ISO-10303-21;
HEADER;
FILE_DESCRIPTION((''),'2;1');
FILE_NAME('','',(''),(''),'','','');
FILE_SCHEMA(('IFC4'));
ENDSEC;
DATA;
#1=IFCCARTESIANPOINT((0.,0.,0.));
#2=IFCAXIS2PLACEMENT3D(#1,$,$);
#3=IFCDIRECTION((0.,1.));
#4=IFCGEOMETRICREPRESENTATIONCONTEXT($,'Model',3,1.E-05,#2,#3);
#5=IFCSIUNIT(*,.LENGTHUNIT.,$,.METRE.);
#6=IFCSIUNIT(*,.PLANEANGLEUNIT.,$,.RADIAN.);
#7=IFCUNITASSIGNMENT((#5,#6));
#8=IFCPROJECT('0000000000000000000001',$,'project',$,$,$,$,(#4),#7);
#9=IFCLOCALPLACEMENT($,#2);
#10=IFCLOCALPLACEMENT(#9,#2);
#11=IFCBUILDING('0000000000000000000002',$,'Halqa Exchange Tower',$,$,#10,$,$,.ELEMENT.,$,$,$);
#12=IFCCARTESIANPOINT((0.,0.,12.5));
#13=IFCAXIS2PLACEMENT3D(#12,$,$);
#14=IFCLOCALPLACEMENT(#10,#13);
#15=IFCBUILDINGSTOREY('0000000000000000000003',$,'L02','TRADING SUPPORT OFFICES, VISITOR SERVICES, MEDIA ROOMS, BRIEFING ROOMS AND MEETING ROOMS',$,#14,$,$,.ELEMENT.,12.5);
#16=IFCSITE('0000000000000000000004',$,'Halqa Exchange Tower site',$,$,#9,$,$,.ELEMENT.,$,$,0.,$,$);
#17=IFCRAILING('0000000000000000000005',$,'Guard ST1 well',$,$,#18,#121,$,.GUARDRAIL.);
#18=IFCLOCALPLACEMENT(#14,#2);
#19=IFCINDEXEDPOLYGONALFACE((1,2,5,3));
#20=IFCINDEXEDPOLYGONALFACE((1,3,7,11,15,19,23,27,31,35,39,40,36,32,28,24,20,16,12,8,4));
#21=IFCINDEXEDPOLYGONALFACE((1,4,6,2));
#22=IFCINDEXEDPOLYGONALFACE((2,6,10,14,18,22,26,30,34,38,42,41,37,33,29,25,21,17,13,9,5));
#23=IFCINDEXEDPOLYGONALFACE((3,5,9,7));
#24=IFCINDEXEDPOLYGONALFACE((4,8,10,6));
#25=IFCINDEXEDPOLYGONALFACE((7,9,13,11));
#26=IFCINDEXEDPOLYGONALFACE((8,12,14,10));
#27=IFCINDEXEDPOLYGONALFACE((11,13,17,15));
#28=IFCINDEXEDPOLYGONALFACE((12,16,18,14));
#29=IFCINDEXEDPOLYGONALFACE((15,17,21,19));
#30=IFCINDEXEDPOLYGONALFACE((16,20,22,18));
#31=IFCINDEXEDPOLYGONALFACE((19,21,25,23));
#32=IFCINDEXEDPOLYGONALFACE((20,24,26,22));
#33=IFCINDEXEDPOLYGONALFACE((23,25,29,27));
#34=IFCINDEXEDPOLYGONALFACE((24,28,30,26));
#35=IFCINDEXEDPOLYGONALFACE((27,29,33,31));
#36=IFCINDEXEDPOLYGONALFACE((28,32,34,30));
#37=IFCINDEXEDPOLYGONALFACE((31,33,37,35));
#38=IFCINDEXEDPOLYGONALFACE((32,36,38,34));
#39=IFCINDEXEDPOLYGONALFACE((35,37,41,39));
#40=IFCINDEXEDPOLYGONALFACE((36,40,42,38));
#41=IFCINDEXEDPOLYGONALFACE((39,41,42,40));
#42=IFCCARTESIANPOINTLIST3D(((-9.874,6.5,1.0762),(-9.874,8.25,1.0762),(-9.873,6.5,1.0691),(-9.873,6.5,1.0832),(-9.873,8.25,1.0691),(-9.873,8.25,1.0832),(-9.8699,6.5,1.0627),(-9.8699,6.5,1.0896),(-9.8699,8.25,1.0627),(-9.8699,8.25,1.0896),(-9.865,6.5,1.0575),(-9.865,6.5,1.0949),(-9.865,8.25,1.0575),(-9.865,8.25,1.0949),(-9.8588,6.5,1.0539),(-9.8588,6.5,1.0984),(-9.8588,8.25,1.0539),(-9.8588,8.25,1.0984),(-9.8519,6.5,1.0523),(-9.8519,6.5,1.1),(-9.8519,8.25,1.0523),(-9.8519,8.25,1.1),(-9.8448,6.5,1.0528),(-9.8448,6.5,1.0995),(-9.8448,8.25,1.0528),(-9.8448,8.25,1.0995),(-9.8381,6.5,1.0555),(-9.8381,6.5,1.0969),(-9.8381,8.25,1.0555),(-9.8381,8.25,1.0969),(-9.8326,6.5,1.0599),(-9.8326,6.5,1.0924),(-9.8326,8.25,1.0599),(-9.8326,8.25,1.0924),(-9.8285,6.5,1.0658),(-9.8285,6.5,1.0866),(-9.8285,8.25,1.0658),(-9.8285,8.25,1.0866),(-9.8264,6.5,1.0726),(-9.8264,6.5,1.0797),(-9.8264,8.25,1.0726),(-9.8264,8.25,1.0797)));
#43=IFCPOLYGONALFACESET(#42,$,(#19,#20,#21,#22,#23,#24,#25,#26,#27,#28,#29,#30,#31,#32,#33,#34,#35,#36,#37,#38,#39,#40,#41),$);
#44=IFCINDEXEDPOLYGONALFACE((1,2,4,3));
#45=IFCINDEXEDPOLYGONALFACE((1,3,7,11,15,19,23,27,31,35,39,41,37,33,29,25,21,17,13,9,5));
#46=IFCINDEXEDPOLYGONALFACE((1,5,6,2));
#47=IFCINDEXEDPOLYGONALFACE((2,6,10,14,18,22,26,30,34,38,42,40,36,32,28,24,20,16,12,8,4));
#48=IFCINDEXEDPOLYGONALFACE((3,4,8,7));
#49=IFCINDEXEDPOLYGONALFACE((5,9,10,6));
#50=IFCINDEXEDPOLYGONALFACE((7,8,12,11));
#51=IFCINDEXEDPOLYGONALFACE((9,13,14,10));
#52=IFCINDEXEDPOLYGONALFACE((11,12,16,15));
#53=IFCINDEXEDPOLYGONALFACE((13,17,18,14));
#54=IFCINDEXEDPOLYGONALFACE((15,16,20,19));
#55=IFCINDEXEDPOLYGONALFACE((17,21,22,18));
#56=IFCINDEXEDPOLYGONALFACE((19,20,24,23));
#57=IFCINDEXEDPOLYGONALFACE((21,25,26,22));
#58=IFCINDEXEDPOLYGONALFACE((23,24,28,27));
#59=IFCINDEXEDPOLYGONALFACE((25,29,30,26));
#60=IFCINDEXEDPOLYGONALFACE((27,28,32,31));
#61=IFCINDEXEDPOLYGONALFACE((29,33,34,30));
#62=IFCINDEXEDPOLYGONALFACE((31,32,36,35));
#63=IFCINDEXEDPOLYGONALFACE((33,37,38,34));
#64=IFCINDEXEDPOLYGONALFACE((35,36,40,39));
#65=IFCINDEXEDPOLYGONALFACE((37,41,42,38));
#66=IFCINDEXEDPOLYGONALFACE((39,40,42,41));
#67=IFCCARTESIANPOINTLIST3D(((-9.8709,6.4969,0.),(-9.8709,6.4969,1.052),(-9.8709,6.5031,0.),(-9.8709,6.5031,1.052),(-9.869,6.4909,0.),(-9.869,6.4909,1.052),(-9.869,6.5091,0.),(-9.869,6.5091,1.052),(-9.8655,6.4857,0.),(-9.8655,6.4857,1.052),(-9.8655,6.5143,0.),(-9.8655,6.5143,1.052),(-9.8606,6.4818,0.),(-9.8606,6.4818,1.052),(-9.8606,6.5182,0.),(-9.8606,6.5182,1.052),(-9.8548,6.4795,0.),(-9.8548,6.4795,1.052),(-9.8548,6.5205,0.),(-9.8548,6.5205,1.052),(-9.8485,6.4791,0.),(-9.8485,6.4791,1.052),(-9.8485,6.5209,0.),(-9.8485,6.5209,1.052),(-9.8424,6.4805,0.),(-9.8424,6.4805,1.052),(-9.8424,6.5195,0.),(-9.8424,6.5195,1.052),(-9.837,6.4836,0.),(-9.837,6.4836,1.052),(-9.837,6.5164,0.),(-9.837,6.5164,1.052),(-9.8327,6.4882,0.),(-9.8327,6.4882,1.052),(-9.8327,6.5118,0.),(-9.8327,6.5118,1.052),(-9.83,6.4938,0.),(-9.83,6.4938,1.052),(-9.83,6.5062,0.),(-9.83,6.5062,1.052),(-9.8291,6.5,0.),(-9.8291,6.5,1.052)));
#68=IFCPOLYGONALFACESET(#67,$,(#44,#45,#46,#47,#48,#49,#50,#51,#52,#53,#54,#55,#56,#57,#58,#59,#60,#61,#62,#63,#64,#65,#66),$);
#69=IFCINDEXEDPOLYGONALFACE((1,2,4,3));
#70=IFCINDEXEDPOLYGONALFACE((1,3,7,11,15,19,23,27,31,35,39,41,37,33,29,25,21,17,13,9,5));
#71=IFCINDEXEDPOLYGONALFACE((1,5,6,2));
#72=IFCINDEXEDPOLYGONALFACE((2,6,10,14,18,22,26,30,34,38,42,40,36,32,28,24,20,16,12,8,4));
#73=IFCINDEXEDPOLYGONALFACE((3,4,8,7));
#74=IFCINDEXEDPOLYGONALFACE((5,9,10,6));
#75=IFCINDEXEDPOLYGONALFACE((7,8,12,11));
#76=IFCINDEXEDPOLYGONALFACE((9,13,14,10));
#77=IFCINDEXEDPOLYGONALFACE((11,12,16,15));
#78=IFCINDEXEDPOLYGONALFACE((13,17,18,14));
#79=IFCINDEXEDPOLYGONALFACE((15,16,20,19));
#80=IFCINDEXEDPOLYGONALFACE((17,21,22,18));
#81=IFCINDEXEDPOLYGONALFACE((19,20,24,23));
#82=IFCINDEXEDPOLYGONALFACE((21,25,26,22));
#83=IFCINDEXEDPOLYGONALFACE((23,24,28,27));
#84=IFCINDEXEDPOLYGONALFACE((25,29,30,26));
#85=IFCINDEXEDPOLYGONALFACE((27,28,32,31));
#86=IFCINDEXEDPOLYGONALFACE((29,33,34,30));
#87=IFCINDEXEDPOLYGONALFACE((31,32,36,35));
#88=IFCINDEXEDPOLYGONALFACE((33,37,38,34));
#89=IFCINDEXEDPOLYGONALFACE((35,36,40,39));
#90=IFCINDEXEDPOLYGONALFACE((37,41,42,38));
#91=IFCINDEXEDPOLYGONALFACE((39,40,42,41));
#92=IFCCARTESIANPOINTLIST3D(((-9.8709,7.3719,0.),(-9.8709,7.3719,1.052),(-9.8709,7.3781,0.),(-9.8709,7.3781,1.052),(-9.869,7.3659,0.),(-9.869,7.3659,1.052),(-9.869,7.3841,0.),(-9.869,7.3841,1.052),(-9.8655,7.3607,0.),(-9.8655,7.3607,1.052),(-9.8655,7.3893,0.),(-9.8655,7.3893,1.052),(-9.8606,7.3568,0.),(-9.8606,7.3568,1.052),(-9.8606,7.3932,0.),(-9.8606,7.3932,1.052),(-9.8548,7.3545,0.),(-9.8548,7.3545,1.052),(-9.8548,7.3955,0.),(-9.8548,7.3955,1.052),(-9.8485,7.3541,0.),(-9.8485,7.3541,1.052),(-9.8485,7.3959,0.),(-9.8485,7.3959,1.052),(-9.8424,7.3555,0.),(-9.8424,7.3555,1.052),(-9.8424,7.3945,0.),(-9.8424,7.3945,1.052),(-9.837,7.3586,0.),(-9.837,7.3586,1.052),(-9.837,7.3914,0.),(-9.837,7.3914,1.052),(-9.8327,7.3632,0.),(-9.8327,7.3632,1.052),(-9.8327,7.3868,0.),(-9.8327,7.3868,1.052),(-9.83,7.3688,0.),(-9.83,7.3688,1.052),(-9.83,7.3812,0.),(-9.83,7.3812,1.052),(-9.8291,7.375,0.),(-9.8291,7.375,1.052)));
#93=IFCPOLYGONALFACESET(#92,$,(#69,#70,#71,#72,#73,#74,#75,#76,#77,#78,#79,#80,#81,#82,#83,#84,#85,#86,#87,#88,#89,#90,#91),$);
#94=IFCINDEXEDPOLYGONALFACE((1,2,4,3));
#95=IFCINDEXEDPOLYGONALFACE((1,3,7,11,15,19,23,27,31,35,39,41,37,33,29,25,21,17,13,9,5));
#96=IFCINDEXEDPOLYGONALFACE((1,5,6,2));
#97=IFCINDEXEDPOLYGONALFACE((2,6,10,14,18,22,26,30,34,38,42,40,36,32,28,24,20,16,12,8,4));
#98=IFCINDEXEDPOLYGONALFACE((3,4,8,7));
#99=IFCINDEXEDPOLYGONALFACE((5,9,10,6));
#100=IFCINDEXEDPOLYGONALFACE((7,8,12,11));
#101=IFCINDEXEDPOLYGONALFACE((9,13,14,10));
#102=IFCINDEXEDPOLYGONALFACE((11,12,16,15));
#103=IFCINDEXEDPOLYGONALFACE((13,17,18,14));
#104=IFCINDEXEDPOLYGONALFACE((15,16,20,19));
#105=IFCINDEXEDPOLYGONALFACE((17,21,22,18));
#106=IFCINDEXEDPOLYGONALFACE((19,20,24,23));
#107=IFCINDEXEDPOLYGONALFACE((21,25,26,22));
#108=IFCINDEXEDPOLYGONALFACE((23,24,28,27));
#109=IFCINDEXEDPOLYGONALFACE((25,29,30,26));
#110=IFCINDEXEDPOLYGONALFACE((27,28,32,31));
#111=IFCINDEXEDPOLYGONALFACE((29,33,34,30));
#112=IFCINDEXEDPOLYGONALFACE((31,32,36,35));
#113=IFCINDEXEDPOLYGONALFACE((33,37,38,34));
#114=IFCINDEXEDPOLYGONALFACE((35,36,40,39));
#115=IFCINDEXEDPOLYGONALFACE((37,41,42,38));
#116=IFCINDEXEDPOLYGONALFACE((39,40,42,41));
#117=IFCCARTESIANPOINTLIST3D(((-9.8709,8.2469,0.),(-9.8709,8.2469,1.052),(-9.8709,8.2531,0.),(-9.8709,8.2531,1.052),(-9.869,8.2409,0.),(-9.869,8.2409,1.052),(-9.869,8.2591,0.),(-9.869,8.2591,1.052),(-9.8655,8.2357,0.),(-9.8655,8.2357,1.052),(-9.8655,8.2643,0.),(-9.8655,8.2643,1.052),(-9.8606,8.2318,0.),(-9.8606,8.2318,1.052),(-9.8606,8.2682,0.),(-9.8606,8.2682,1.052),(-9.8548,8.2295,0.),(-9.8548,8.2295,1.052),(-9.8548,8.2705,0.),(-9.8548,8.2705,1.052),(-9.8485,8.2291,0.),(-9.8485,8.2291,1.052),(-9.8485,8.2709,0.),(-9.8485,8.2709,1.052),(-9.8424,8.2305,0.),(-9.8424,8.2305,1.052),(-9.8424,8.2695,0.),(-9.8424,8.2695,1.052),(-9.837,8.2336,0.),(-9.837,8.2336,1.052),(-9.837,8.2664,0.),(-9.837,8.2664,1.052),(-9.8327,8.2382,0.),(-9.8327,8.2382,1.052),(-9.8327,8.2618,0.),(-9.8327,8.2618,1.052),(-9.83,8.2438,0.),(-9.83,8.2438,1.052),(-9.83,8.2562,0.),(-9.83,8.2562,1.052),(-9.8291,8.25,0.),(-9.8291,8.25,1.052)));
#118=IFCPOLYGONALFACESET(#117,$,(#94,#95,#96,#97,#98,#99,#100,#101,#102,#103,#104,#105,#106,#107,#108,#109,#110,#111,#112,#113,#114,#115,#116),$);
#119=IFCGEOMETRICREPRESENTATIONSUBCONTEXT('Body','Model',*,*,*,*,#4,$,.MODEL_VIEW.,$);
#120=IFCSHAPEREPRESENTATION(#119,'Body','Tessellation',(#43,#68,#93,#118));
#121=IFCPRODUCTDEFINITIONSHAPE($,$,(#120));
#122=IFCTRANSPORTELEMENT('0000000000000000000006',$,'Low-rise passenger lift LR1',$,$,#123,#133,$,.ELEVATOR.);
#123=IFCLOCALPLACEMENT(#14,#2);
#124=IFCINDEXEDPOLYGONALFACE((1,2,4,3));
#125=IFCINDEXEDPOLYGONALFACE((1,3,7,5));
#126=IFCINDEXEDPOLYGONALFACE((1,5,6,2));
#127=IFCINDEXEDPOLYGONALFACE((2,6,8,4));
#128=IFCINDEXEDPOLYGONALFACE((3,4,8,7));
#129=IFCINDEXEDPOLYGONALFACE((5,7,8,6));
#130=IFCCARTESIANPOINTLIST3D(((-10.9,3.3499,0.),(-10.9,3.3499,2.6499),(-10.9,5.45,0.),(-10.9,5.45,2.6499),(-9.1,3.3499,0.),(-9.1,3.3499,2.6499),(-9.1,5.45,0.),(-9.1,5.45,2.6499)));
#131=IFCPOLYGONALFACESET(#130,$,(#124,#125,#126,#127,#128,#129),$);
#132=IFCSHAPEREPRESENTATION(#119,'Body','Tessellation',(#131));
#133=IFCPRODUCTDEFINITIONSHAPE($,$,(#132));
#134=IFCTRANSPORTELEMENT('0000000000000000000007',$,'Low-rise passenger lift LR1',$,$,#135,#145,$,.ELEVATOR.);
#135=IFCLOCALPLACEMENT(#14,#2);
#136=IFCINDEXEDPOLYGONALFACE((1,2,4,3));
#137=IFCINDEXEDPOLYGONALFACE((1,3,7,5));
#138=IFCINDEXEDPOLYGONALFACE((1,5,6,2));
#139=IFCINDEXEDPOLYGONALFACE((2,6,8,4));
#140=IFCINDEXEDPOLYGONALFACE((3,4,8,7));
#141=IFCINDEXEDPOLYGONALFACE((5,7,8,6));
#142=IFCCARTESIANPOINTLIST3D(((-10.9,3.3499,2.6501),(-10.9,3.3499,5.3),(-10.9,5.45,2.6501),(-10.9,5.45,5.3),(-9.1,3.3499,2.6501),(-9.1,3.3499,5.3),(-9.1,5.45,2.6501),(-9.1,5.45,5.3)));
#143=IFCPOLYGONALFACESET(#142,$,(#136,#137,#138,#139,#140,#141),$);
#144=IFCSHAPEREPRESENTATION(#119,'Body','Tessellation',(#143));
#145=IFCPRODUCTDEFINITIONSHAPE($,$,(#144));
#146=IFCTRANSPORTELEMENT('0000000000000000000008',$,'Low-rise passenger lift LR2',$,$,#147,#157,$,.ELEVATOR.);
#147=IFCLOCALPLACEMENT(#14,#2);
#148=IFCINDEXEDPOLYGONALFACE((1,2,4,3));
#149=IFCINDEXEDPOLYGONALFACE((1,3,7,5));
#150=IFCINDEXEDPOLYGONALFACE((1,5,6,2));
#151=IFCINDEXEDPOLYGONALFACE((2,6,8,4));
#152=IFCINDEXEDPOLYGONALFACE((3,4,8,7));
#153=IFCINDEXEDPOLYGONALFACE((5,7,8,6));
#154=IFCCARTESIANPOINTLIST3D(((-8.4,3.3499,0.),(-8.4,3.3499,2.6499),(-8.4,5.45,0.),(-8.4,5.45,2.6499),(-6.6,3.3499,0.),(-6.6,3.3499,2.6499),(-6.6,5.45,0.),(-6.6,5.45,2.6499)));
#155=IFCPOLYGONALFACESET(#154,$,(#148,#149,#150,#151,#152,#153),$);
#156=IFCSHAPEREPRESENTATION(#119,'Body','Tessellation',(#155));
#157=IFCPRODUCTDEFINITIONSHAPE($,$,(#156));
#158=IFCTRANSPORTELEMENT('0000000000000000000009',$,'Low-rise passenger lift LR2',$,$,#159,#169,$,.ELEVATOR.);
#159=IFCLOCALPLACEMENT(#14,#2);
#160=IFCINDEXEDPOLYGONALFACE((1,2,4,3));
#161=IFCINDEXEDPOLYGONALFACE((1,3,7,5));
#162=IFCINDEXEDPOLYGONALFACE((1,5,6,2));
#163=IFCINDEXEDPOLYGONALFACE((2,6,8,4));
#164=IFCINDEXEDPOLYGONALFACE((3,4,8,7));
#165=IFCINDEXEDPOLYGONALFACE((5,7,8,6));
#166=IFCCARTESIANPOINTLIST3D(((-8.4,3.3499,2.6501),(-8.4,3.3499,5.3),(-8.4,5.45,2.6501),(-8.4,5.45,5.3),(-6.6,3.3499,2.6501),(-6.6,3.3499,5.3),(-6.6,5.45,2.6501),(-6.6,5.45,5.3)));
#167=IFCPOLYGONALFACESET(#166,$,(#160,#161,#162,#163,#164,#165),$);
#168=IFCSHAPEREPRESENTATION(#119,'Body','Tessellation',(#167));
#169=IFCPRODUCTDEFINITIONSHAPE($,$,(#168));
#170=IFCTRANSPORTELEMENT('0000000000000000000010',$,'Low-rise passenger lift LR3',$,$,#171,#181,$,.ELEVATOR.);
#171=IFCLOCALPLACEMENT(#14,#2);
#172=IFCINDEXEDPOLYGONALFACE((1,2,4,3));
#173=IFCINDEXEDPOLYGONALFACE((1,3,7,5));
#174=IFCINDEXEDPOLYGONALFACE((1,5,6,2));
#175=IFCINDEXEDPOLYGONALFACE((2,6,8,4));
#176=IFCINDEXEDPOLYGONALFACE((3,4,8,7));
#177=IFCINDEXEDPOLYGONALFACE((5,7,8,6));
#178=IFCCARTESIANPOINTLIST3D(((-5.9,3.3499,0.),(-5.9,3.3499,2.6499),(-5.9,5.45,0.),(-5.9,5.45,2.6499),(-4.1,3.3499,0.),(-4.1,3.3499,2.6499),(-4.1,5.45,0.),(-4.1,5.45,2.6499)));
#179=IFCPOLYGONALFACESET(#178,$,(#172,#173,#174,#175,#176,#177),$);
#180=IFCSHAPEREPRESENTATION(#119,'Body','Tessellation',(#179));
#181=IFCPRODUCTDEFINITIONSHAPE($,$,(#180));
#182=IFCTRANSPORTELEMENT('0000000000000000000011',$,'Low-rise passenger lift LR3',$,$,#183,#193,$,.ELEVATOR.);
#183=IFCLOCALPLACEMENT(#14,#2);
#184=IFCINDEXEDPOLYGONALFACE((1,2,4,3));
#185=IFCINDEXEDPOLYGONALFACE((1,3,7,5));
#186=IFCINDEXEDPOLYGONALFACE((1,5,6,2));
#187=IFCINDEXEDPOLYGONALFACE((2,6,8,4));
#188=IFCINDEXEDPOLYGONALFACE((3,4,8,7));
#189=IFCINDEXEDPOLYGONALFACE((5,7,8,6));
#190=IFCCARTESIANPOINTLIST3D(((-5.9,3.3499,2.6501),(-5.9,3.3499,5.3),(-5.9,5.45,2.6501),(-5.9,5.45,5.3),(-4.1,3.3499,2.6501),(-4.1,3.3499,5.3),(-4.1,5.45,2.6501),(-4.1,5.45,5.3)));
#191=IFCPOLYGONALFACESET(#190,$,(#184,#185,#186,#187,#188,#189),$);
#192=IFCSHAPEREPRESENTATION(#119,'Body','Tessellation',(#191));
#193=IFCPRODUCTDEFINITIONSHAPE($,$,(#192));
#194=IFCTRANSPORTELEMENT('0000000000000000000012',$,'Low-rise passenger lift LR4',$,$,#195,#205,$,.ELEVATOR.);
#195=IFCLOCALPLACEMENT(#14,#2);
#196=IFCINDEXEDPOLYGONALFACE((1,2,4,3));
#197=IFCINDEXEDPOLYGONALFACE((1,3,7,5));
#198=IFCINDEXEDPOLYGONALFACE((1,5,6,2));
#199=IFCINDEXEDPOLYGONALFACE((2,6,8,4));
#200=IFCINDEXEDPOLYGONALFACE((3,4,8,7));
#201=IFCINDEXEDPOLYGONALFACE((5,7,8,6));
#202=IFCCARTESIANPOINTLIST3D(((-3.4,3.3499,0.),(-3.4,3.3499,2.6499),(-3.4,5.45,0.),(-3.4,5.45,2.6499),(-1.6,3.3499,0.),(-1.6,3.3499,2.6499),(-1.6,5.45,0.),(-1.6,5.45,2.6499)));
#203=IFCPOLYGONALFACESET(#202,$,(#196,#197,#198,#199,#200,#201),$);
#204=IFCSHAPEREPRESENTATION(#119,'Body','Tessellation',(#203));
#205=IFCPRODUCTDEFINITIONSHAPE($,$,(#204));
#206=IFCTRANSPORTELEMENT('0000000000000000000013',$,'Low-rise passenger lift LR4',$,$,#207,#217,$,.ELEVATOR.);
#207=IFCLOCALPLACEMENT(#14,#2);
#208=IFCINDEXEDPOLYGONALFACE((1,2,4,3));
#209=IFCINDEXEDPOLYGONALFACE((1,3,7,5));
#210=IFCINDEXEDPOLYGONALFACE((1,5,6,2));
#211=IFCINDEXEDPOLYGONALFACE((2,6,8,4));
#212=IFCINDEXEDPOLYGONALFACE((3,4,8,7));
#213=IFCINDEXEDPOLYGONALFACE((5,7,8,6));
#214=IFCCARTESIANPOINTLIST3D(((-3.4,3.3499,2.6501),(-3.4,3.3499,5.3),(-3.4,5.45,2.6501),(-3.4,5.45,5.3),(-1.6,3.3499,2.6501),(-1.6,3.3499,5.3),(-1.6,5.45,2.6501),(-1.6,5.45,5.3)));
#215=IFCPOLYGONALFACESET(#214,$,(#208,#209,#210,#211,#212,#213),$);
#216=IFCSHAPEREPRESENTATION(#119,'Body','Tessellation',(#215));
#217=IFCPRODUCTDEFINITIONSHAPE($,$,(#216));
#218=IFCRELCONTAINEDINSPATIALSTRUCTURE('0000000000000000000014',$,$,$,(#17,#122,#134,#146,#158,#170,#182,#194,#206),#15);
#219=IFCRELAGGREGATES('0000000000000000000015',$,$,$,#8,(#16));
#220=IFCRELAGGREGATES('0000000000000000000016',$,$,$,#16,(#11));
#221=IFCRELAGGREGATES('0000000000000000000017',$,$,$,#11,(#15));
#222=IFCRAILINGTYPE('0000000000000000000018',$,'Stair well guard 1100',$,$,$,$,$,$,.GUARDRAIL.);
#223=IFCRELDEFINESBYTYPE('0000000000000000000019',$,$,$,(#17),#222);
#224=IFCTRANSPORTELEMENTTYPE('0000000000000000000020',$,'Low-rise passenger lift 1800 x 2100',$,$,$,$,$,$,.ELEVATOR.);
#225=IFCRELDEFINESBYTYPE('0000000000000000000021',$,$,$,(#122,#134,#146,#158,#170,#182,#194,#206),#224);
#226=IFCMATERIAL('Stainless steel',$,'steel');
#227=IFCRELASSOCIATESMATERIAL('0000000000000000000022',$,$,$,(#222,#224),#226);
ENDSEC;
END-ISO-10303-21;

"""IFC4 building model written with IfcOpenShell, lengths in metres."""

from ifc_helpers import new_model, si_unit, direction, frame, origin, origin_2d, place, context, subcontext, project, spatial, rectangle, circle, extrude, material, type_object, element, save


model = new_model("IFC4")

# Units and contexts
model_context = context("Model", 3, precision=1e-05, world=origin(), true_north=direction((0.0, 1.0)))
body_context = subcontext(model_context, "Body", "Model", "MODEL_VIEW")
ifc_project = project(units=[si_unit("LENGTHUNIT", "METRE"), si_unit("PLANEANGLEUNIT", "RADIAN")], contexts=[model_context])

# Site, building, storey
site_placement = place(None, origin())
site = spatial("IfcSite", under=ifc_project, at=site_placement, Name="Halqa Exchange Tower site", CompositionType="ELEMENT", RefElevation=0.0)
building_placement = place(site_placement, origin())
building = spatial("IfcBuilding", under=site, at=building_placement, Name="Halqa Exchange Tower", CompositionType="ELEMENT")
storey_placement = place(building_placement, frame((0.0, 0.0, 12.5)))
storey = spatial("IfcBuildingStorey", under=building, at=storey_placement, Name="L02", Description="TRADING SUPPORT OFFICES, VISITOR SERVICES, MEDIA ROOMS, BRIEFING ROOMS AND MEETING ROOMS", CompositionType="ELEMENT", Elevation=12.5)

# Shared definitions
ifc_material_1 = material(Name="Stainless steel", Category="steel")

# Railing
railing_type_1 = type_object("IfcRailingType", Name="Stair well guard 1100", PredefinedType="GUARDRAIL", material=ifc_material_1)
railing_1_placement = place(storey_placement, frame((-9.8501, 6.5, 0.0)))
element("IfcRailing", 1, at=railing_1_placement, inside=storey, type_object=railing_type_1, Name="Guard ST1 well", PredefinedType="GUARDRAIL", context=body_context, shape_type="SweptSolid", body=[
    extrude(circle(Radius=0.0239, at=origin_2d()), frame((0.0, 0.0, 1.0762), z_axis=(0.0, 1.0, 0.0), x_axis=(-1.0, 0.0, 0.0)), (0.0, 0.0, 1.0), 1.75),
    extrude(circle(Radius=0.021, at=origin_2d()), origin(), (0.0, 0.0, 1.0), 1.052),
    extrude(circle(Radius=0.021, at=origin_2d()), frame((0.0, 0.875, 0.0)), (0.0, 0.0, 1.0), 1.052),
    extrude(circle(Radius=0.021, at=origin_2d()), frame((0.0, 1.75, 0.0)), (0.0, 0.0, 1.0), 1.052),
])

# Transport elements
transport_element_type = type_object("IfcTransportElementType", Name="Low-rise passenger lift 1800 x 2100", PredefinedType="ELEVATOR", material=ifc_material_1)
for number, where, z_axis, x_axis, name in (
    (2, (-10.0, 4.3999, 0.0), (0.0, 0.0, 1.0), (1.0, 0.0, 0.0), "Low-rise passenger lift LR1"),
    (3, (-10.0, 4.3999, 2.6501), (0.0, 0.0, 1.0), (1.0, 0.0, 0.0), "Low-rise passenger lift LR1"),
    (4, (-7.5, 4.3999, 0.0), (0.0, 0.0, 1.0), (1.0, 0.0, 0.0), "Low-rise passenger lift LR2"),
    (5, (-7.5, 4.3999, 2.6501), (0.0, 0.0, 1.0), (1.0, 0.0, 0.0), "Low-rise passenger lift LR2"),
    (6, (-5.0, 4.3999, 0.0), (0.0, 0.0, 1.0), (1.0, 0.0, 0.0), "Low-rise passenger lift LR3"),
    (7, (-5.0, 4.3999, 2.6501), (0.0, 0.0, 1.0), (1.0, 0.0, 0.0), "Low-rise passenger lift LR3"),
    (8, (-2.5, 4.3999, 0.0), (0.0, 0.0, 1.0), (1.0, 0.0, 0.0), "Low-rise passenger lift LR4"),
    (9, (-2.5, 4.3999, 2.6501), (0.0, 0.0, 1.0), (1.0, 0.0, 0.0), "Low-rise passenger lift LR4"),
):
    element("IfcTransportElement", number, at=place(storey_placement, frame(where, z_axis=z_axis, x_axis=x_axis)), inside=storey, type_object=transport_element_type, Name=name, PredefinedType="ELEVATOR", context=body_context, shape_type="SweptSolid", body=[
        extrude(rectangle(XDim=1.8, YDim=2.1001, at=origin_2d()), origin(), (0.0, 0.0, 1.0), 2.6499),
    ])

save(model, "model.ifc")
